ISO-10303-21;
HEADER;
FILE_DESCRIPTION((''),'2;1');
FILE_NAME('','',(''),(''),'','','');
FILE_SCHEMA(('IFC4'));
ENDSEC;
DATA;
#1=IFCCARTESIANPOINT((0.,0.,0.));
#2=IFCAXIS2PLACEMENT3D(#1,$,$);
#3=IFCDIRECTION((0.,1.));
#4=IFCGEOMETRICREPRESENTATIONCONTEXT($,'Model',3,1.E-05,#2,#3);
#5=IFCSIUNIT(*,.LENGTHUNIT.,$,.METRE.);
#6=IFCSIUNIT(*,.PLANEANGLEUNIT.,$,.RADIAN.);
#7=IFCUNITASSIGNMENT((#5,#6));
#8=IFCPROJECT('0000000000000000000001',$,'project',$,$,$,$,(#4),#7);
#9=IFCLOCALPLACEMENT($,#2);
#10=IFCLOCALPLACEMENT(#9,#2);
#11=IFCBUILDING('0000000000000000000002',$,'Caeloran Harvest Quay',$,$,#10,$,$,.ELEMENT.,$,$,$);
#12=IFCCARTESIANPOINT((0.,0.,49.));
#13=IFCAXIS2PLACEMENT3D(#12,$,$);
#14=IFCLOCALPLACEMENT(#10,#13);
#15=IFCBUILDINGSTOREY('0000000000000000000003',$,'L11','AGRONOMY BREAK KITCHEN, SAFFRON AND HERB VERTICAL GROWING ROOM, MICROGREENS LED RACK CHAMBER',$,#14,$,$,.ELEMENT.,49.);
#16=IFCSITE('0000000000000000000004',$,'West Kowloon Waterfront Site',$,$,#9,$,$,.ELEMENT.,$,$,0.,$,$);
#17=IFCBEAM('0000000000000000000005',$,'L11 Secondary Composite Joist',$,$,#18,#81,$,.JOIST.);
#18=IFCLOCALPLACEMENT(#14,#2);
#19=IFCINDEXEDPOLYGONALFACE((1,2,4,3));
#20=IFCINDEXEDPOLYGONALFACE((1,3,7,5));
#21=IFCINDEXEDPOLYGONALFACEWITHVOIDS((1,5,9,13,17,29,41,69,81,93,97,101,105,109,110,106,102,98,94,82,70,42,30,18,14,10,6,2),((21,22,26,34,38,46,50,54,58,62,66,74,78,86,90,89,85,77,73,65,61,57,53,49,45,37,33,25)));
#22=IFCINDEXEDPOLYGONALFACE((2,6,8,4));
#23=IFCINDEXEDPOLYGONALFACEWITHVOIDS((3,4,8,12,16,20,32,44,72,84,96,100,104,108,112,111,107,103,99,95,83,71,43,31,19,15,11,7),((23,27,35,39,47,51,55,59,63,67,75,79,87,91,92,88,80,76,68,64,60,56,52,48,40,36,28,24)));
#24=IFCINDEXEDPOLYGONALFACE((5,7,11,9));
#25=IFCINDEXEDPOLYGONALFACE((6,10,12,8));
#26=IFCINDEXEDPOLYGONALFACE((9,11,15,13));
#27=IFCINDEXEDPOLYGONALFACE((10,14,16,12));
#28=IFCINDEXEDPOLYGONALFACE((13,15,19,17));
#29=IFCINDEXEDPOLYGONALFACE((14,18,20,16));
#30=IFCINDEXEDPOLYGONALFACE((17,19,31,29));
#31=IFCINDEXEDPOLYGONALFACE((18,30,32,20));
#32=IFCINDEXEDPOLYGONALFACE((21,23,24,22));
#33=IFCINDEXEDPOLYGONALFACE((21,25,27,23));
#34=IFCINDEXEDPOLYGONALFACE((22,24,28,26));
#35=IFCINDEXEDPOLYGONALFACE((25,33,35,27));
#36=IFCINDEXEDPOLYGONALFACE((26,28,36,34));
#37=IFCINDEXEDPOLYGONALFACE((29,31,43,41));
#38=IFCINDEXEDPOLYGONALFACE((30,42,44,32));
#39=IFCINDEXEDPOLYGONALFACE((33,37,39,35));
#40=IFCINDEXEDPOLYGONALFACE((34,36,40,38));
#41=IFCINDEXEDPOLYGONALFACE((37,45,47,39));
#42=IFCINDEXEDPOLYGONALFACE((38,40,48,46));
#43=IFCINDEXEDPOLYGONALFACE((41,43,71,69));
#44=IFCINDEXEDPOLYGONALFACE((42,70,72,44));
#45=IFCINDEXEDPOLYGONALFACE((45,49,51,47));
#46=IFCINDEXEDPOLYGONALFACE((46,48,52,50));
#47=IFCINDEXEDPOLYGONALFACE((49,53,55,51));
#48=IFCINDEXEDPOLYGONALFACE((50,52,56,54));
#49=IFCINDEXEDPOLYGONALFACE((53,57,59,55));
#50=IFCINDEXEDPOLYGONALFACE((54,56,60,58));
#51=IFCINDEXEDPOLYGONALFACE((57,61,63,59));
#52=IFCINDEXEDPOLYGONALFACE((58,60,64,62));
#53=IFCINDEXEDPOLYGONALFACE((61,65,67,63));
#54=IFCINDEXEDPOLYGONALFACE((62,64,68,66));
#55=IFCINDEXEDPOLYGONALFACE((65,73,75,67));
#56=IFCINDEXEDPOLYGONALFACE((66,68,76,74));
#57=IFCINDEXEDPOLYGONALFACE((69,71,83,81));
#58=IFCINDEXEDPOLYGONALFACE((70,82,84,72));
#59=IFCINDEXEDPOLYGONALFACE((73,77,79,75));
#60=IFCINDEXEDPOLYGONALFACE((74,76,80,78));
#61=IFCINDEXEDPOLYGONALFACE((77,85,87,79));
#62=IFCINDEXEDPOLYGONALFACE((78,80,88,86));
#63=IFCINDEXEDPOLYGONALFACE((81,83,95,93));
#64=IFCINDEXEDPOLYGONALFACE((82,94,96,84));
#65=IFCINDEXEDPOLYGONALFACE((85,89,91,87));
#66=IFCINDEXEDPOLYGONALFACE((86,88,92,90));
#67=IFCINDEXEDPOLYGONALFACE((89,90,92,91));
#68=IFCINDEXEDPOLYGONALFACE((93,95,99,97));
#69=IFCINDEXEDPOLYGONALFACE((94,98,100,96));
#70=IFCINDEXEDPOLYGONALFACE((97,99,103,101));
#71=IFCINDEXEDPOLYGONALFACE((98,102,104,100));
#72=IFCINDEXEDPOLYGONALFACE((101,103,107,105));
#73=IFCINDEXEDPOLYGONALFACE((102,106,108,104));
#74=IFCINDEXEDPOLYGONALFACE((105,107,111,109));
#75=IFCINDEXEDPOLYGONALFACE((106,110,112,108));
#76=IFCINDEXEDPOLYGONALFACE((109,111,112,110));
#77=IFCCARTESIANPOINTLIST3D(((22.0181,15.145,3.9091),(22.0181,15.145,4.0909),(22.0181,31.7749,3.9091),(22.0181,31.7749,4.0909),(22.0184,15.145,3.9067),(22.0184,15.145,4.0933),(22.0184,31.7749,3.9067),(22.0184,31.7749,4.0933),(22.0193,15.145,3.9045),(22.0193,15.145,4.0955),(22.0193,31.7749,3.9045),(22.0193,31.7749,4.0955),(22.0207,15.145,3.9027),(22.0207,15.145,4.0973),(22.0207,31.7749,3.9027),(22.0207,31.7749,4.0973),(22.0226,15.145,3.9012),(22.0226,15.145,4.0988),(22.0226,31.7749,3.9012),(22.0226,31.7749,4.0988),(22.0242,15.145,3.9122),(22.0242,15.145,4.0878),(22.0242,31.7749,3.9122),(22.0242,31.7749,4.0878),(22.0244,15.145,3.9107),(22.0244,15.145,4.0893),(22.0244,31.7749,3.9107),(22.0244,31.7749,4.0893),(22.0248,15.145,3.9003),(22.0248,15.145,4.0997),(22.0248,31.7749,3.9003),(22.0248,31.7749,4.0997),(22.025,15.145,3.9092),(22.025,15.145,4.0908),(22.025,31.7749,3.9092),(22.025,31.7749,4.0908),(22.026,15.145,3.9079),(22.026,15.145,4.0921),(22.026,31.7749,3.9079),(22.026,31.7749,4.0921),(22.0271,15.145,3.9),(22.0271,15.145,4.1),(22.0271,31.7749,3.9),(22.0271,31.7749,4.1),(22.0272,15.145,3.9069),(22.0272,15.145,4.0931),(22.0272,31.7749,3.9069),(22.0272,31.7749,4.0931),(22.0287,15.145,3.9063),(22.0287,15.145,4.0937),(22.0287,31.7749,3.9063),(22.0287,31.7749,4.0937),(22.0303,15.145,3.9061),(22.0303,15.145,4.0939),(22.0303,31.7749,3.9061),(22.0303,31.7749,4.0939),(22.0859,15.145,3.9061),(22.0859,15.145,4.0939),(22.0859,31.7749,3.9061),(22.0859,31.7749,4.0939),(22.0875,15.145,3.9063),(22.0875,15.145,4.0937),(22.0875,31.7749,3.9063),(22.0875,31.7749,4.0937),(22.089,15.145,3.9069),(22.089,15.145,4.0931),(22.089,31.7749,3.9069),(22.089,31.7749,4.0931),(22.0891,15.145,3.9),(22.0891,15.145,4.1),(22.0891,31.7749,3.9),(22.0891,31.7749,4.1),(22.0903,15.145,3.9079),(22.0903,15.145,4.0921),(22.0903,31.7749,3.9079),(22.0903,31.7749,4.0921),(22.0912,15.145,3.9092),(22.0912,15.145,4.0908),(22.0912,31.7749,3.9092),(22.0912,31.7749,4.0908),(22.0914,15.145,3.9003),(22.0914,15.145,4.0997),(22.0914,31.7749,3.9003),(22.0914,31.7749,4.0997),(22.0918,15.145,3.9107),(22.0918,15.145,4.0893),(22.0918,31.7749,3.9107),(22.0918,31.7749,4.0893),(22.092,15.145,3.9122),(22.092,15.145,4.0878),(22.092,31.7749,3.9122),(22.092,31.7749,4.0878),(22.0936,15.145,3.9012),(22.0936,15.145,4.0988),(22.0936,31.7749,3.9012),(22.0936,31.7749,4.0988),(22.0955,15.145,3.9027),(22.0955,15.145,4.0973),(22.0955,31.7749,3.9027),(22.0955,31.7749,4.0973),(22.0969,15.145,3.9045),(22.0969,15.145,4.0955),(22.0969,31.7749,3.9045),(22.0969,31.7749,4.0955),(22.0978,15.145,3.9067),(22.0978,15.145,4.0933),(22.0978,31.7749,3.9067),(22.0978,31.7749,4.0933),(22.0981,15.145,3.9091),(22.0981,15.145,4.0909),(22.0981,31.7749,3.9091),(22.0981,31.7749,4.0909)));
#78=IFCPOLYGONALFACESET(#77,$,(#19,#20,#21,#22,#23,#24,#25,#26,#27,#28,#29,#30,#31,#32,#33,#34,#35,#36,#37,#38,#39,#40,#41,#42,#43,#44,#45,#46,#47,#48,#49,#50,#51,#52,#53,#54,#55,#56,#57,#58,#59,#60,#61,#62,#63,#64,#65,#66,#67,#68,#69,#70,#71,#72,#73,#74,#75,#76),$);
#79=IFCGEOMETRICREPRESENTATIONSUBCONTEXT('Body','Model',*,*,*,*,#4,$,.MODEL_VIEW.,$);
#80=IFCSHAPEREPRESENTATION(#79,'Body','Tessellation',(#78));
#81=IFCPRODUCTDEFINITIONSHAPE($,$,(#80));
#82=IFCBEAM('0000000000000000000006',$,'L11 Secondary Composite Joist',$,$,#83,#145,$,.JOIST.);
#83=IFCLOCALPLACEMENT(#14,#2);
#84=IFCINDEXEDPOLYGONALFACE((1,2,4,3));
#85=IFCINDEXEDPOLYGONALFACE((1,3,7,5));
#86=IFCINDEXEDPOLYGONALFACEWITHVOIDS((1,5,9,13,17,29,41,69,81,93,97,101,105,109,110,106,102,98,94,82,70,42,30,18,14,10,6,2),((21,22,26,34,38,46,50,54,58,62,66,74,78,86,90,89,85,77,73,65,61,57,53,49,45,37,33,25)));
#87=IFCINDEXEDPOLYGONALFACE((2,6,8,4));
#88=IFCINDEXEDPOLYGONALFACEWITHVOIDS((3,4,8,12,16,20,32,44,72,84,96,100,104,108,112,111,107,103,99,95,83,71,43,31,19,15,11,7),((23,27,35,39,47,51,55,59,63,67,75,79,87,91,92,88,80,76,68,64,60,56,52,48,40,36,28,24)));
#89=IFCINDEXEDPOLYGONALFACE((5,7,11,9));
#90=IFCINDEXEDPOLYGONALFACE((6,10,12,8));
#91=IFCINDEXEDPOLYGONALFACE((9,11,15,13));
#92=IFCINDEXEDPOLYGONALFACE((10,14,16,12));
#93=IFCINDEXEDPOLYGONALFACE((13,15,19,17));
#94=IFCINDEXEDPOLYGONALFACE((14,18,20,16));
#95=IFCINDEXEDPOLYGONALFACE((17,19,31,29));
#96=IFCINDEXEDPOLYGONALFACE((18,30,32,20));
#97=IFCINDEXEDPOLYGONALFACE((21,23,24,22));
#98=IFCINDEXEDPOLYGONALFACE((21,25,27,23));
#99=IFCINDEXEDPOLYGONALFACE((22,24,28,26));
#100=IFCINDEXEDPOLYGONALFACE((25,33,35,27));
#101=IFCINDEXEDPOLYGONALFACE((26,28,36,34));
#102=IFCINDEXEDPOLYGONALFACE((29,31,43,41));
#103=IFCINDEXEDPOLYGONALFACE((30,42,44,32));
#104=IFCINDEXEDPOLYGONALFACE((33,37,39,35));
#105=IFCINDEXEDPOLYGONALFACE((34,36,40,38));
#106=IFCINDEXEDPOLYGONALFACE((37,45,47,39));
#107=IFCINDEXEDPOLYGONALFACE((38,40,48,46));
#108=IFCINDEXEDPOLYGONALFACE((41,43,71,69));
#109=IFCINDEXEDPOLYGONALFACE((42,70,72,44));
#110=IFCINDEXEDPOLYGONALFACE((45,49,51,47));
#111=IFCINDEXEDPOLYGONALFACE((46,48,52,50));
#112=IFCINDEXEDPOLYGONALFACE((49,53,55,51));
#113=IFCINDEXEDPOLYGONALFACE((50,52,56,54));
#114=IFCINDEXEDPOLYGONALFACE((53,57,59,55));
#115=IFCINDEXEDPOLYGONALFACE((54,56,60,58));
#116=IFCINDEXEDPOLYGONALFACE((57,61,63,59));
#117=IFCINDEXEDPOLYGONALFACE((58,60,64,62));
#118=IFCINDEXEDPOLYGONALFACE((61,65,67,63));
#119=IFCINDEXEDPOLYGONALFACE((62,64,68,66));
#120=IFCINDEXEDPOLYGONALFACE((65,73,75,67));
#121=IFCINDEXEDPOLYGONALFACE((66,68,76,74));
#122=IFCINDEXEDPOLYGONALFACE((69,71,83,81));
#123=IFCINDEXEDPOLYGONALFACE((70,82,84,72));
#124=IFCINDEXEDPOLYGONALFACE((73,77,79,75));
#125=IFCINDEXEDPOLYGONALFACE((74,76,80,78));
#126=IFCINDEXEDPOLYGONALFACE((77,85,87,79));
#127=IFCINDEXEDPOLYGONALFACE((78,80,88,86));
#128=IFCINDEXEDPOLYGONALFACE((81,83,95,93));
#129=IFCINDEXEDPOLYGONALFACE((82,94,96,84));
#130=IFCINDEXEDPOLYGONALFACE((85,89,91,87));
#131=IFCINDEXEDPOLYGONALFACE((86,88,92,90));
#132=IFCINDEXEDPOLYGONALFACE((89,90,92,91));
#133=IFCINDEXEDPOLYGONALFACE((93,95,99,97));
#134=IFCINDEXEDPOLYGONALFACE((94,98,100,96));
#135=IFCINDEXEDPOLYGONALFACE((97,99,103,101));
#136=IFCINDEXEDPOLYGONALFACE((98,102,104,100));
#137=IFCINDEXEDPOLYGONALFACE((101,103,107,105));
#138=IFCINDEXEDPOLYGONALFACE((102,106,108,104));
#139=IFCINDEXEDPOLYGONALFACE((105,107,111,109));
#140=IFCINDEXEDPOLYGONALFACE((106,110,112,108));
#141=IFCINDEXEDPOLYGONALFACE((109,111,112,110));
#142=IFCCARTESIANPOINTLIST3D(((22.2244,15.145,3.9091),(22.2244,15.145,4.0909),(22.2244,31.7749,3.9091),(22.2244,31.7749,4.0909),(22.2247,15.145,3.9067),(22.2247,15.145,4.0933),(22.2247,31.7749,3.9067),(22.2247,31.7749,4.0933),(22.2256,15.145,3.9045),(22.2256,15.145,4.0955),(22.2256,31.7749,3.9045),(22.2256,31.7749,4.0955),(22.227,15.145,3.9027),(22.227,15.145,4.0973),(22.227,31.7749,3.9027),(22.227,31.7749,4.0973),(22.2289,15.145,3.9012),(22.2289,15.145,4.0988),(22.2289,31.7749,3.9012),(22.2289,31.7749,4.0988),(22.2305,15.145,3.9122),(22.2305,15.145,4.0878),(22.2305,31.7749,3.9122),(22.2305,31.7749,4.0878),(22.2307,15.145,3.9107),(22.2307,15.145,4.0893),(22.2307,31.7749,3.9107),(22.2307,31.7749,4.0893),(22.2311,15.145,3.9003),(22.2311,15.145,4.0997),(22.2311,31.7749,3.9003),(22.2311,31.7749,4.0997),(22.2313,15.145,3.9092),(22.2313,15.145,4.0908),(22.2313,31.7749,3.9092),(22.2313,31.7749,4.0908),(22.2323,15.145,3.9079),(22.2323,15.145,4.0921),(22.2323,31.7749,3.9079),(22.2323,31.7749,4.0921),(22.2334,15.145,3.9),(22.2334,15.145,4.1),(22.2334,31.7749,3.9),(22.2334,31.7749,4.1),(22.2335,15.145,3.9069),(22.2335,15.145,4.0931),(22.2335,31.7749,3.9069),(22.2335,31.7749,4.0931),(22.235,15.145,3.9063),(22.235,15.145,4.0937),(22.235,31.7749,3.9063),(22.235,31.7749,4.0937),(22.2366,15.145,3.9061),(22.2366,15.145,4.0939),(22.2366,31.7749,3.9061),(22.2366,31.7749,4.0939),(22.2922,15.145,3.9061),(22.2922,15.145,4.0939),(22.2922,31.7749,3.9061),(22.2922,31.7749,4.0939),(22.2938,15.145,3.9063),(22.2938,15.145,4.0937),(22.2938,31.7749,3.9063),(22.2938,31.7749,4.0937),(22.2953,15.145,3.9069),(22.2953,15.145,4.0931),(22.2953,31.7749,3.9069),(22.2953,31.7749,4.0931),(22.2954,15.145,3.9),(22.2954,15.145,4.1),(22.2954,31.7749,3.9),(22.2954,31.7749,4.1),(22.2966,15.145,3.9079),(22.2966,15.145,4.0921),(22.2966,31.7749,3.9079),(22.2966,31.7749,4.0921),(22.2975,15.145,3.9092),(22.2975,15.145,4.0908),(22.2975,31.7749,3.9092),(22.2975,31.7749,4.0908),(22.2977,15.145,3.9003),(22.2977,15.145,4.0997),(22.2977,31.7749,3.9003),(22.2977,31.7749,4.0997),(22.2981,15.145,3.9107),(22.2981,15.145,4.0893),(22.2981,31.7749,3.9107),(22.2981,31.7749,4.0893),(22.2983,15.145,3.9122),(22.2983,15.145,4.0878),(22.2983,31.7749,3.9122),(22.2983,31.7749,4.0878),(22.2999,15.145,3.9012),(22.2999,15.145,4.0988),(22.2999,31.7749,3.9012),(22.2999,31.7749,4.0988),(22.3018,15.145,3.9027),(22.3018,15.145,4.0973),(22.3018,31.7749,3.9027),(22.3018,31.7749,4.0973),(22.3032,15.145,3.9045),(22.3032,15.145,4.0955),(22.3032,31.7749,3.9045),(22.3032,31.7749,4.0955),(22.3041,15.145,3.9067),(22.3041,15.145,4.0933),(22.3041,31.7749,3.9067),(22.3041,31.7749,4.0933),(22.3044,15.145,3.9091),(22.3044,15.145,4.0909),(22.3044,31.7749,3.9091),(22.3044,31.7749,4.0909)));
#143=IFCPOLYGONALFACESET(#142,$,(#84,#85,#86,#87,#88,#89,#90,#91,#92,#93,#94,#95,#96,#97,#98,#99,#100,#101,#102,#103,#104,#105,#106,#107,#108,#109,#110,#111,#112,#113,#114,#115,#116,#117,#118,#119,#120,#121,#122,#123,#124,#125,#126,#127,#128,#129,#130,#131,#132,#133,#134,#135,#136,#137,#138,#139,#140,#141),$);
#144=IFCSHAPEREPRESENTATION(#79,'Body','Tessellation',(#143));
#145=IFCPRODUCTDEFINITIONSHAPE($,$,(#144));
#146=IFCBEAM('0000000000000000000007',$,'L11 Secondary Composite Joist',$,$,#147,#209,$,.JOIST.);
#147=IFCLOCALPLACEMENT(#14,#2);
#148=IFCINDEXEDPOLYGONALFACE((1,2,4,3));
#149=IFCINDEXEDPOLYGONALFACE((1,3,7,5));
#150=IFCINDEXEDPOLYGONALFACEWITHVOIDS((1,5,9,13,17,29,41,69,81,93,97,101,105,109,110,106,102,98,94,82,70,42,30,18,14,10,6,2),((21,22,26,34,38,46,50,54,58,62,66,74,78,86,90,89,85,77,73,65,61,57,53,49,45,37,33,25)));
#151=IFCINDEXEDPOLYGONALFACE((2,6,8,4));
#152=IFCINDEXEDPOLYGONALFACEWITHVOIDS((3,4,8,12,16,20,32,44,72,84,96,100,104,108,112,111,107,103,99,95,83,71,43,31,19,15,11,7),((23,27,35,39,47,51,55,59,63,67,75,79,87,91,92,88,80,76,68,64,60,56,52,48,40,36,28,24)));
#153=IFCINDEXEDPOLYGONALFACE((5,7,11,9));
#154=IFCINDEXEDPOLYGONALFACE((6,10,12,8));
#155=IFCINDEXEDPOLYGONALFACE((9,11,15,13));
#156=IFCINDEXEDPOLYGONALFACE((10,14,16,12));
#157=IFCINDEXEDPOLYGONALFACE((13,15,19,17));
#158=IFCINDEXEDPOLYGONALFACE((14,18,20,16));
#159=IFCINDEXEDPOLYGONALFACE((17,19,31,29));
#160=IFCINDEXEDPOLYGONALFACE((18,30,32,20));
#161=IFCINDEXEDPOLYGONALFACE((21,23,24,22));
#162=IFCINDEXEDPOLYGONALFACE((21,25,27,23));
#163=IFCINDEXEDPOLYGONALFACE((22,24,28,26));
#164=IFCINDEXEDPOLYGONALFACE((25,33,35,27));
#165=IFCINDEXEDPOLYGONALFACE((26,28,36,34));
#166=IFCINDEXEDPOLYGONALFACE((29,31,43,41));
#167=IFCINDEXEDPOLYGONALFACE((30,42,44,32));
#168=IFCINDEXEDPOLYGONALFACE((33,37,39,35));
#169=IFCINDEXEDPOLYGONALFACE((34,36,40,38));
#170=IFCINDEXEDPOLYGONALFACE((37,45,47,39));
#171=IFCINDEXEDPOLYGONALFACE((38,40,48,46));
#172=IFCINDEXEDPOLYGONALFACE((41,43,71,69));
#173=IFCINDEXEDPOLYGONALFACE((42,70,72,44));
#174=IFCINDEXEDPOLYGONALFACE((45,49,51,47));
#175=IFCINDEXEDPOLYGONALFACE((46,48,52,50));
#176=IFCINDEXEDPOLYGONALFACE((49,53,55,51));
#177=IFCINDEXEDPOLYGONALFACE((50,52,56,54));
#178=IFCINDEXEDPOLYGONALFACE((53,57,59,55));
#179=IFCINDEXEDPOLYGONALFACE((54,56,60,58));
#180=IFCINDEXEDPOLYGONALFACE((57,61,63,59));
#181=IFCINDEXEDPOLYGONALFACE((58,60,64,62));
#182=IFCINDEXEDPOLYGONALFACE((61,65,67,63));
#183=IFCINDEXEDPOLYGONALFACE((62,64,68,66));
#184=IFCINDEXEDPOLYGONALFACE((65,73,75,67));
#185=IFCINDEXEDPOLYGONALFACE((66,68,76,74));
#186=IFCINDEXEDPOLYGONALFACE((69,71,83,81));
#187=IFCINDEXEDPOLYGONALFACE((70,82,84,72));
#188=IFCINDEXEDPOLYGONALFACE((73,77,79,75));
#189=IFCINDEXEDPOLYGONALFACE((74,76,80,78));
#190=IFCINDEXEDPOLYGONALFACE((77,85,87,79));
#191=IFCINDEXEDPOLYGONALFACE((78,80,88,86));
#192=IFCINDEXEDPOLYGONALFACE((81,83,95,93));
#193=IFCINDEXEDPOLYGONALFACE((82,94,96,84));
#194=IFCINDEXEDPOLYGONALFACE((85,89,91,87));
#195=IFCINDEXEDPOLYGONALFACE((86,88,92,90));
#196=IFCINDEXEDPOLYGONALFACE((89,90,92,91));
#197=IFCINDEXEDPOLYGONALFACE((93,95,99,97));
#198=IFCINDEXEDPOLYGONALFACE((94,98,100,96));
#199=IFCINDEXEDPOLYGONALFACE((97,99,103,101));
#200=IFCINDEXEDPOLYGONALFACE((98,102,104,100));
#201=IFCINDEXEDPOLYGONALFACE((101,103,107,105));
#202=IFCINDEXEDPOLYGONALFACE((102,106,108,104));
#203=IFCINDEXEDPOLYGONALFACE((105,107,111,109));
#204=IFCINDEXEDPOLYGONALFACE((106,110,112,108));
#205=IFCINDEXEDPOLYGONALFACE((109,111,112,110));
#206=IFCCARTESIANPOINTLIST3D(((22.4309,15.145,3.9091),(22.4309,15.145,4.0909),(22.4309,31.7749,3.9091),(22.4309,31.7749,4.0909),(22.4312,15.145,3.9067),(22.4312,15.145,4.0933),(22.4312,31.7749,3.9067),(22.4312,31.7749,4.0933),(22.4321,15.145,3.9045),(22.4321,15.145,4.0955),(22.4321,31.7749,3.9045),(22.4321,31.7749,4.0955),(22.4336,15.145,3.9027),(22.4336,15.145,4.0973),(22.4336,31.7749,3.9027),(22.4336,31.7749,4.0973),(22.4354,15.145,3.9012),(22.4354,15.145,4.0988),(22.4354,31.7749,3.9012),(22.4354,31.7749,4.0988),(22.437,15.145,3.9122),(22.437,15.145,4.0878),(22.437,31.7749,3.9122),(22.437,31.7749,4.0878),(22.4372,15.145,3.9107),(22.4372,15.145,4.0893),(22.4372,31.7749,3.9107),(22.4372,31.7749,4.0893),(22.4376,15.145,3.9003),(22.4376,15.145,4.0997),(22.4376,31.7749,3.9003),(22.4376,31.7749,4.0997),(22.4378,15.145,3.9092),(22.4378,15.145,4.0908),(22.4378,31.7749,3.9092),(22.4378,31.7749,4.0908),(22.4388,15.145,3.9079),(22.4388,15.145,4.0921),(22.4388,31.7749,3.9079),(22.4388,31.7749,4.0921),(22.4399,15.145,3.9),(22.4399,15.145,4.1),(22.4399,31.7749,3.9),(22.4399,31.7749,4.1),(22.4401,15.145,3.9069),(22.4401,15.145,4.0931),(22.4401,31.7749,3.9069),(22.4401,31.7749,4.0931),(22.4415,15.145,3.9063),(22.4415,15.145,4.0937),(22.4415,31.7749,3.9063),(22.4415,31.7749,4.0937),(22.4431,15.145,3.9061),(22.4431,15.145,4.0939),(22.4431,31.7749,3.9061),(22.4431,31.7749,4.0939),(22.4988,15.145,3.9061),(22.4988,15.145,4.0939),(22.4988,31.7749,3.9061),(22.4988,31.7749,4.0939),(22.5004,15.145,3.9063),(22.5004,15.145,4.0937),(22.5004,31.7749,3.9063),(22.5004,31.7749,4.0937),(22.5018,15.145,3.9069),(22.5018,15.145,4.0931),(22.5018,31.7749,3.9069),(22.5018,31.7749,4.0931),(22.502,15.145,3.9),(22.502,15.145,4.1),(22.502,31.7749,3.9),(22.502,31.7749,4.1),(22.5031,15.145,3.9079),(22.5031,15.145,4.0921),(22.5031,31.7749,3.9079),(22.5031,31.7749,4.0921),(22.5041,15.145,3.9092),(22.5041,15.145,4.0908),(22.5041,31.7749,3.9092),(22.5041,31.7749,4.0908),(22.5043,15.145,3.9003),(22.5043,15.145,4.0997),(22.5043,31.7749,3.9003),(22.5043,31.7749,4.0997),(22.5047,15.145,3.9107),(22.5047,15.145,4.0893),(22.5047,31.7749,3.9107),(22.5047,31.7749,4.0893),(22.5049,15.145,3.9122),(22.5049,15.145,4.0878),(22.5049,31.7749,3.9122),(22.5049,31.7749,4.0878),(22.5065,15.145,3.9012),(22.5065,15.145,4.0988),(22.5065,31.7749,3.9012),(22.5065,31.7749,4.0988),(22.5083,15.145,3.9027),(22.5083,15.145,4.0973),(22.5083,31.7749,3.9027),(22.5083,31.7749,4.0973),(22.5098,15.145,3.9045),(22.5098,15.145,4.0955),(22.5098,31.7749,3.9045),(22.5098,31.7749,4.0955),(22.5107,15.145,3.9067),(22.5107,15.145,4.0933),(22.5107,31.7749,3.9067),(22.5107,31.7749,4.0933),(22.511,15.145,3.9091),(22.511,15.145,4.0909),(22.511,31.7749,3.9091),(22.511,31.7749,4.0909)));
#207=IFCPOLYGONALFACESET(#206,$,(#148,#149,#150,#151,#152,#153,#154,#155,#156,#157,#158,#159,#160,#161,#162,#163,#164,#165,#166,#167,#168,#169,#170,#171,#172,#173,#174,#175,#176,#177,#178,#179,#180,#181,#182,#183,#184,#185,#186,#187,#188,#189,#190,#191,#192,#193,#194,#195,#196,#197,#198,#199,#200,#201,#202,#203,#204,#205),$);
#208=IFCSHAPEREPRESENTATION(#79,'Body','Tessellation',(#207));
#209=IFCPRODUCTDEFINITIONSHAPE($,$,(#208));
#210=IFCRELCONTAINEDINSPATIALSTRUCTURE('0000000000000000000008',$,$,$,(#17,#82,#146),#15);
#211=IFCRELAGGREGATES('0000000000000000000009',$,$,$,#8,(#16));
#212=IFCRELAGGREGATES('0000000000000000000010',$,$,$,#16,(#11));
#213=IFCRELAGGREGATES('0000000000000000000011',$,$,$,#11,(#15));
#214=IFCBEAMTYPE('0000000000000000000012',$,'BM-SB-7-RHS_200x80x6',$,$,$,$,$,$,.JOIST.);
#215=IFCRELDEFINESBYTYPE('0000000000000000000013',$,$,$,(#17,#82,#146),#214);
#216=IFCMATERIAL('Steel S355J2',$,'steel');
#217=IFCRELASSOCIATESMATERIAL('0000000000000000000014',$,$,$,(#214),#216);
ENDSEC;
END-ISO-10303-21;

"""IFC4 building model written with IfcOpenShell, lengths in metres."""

from ifc_helpers import new_model, si_unit, direction, frame, origin, origin_2d, place, context, subcontext, project, spatial, hollow_rectangle, extrude, material, material_profile, profile_set, type_object, element, save


model = new_model("IFC4")

# Units and contexts
model_context = context("Model", 3, precision=1e-05, world=origin(), true_north=direction((0.0, 1.0)))
body_context = subcontext(model_context, "Body", "Model", "MODEL_VIEW")
ifc_project = project(units=[si_unit("LENGTHUNIT", "METRE"), si_unit("PLANEANGLEUNIT", "RADIAN")], contexts=[model_context])

# Site, building, storey
site_placement = place(None, origin())
site = spatial("IfcSite", under=ifc_project, at=site_placement, Name="West Kowloon Waterfront Site", CompositionType="ELEMENT", RefElevation=0.0)
building_placement = place(site_placement, origin())
building = spatial("IfcBuilding", under=site, at=building_placement, Name="Caeloran Harvest Quay", CompositionType="ELEMENT")
storey_placement = place(building_placement, frame((0.0, 0.0, 49.0)))
storey = spatial("IfcBuildingStorey", under=building, at=storey_placement, Name="L11", Description="AGRONOMY BREAK KITCHEN, SAFFRON AND HERB VERTICAL GROWING ROOM, MICROGREENS LED RACK CHAMBER", CompositionType="ELEMENT", Elevation=49.0)

# Beams
ifc_material_1 = material(Name="Steel S355J2", Category="steel")
ifc_material_profile_1 = material_profile(ifc_material_1, hollow_rectangle(XDim=0.0801, YDim=0.2, WallThickness=0.0061, InnerFilletRadius=0.0061, OuterFilletRadius=0.009, at=origin_2d()), Name="RHS 200x80x6")
ifc_profile_set_1 = profile_set([ifc_material_profile_1], Name="Steel S355J2")
beam_type_1 = type_object("IfcBeamType", Name="BM-SB-7-RHS_200x80x6", PredefinedType="JOIST", material=ifc_profile_set_1)
for number, where, z_axis, x_axis, name in (
    (1, (22.0581, 15.145, 4.0), (0.0, 1.0, 0.0), (-1.0, 0.0, 0.0), "L11 Secondary Composite Joist"),
    (2, (22.2644, 15.145, 4.0), (0.0, 1.0, 0.0), (-1.0, 0.0, 0.0), "L11 Secondary Composite Joist"),
    (3, (22.4709, 15.145, 4.0), (0.0, 1.0, 0.0), (-1.0, 0.0, 0.0), "L11 Secondary Composite Joist"),
):
    element("IfcBeam", number, at=place(storey_placement, frame(where, z_axis=z_axis, x_axis=x_axis)), inside=storey, type_object=beam_type_1, Name=name, PredefinedType="JOIST", context=body_context, shape_type="SweptSolid", body=[
        extrude(hollow_rectangle(XDim=0.0801, YDim=0.2, WallThickness=0.0061, InnerFilletRadius=0.0061, OuterFilletRadius=0.009, at=origin_2d()), origin(), (0.0, 0.0, 1.0), 16.6299),
    ])

save(model, "model.ifc")
